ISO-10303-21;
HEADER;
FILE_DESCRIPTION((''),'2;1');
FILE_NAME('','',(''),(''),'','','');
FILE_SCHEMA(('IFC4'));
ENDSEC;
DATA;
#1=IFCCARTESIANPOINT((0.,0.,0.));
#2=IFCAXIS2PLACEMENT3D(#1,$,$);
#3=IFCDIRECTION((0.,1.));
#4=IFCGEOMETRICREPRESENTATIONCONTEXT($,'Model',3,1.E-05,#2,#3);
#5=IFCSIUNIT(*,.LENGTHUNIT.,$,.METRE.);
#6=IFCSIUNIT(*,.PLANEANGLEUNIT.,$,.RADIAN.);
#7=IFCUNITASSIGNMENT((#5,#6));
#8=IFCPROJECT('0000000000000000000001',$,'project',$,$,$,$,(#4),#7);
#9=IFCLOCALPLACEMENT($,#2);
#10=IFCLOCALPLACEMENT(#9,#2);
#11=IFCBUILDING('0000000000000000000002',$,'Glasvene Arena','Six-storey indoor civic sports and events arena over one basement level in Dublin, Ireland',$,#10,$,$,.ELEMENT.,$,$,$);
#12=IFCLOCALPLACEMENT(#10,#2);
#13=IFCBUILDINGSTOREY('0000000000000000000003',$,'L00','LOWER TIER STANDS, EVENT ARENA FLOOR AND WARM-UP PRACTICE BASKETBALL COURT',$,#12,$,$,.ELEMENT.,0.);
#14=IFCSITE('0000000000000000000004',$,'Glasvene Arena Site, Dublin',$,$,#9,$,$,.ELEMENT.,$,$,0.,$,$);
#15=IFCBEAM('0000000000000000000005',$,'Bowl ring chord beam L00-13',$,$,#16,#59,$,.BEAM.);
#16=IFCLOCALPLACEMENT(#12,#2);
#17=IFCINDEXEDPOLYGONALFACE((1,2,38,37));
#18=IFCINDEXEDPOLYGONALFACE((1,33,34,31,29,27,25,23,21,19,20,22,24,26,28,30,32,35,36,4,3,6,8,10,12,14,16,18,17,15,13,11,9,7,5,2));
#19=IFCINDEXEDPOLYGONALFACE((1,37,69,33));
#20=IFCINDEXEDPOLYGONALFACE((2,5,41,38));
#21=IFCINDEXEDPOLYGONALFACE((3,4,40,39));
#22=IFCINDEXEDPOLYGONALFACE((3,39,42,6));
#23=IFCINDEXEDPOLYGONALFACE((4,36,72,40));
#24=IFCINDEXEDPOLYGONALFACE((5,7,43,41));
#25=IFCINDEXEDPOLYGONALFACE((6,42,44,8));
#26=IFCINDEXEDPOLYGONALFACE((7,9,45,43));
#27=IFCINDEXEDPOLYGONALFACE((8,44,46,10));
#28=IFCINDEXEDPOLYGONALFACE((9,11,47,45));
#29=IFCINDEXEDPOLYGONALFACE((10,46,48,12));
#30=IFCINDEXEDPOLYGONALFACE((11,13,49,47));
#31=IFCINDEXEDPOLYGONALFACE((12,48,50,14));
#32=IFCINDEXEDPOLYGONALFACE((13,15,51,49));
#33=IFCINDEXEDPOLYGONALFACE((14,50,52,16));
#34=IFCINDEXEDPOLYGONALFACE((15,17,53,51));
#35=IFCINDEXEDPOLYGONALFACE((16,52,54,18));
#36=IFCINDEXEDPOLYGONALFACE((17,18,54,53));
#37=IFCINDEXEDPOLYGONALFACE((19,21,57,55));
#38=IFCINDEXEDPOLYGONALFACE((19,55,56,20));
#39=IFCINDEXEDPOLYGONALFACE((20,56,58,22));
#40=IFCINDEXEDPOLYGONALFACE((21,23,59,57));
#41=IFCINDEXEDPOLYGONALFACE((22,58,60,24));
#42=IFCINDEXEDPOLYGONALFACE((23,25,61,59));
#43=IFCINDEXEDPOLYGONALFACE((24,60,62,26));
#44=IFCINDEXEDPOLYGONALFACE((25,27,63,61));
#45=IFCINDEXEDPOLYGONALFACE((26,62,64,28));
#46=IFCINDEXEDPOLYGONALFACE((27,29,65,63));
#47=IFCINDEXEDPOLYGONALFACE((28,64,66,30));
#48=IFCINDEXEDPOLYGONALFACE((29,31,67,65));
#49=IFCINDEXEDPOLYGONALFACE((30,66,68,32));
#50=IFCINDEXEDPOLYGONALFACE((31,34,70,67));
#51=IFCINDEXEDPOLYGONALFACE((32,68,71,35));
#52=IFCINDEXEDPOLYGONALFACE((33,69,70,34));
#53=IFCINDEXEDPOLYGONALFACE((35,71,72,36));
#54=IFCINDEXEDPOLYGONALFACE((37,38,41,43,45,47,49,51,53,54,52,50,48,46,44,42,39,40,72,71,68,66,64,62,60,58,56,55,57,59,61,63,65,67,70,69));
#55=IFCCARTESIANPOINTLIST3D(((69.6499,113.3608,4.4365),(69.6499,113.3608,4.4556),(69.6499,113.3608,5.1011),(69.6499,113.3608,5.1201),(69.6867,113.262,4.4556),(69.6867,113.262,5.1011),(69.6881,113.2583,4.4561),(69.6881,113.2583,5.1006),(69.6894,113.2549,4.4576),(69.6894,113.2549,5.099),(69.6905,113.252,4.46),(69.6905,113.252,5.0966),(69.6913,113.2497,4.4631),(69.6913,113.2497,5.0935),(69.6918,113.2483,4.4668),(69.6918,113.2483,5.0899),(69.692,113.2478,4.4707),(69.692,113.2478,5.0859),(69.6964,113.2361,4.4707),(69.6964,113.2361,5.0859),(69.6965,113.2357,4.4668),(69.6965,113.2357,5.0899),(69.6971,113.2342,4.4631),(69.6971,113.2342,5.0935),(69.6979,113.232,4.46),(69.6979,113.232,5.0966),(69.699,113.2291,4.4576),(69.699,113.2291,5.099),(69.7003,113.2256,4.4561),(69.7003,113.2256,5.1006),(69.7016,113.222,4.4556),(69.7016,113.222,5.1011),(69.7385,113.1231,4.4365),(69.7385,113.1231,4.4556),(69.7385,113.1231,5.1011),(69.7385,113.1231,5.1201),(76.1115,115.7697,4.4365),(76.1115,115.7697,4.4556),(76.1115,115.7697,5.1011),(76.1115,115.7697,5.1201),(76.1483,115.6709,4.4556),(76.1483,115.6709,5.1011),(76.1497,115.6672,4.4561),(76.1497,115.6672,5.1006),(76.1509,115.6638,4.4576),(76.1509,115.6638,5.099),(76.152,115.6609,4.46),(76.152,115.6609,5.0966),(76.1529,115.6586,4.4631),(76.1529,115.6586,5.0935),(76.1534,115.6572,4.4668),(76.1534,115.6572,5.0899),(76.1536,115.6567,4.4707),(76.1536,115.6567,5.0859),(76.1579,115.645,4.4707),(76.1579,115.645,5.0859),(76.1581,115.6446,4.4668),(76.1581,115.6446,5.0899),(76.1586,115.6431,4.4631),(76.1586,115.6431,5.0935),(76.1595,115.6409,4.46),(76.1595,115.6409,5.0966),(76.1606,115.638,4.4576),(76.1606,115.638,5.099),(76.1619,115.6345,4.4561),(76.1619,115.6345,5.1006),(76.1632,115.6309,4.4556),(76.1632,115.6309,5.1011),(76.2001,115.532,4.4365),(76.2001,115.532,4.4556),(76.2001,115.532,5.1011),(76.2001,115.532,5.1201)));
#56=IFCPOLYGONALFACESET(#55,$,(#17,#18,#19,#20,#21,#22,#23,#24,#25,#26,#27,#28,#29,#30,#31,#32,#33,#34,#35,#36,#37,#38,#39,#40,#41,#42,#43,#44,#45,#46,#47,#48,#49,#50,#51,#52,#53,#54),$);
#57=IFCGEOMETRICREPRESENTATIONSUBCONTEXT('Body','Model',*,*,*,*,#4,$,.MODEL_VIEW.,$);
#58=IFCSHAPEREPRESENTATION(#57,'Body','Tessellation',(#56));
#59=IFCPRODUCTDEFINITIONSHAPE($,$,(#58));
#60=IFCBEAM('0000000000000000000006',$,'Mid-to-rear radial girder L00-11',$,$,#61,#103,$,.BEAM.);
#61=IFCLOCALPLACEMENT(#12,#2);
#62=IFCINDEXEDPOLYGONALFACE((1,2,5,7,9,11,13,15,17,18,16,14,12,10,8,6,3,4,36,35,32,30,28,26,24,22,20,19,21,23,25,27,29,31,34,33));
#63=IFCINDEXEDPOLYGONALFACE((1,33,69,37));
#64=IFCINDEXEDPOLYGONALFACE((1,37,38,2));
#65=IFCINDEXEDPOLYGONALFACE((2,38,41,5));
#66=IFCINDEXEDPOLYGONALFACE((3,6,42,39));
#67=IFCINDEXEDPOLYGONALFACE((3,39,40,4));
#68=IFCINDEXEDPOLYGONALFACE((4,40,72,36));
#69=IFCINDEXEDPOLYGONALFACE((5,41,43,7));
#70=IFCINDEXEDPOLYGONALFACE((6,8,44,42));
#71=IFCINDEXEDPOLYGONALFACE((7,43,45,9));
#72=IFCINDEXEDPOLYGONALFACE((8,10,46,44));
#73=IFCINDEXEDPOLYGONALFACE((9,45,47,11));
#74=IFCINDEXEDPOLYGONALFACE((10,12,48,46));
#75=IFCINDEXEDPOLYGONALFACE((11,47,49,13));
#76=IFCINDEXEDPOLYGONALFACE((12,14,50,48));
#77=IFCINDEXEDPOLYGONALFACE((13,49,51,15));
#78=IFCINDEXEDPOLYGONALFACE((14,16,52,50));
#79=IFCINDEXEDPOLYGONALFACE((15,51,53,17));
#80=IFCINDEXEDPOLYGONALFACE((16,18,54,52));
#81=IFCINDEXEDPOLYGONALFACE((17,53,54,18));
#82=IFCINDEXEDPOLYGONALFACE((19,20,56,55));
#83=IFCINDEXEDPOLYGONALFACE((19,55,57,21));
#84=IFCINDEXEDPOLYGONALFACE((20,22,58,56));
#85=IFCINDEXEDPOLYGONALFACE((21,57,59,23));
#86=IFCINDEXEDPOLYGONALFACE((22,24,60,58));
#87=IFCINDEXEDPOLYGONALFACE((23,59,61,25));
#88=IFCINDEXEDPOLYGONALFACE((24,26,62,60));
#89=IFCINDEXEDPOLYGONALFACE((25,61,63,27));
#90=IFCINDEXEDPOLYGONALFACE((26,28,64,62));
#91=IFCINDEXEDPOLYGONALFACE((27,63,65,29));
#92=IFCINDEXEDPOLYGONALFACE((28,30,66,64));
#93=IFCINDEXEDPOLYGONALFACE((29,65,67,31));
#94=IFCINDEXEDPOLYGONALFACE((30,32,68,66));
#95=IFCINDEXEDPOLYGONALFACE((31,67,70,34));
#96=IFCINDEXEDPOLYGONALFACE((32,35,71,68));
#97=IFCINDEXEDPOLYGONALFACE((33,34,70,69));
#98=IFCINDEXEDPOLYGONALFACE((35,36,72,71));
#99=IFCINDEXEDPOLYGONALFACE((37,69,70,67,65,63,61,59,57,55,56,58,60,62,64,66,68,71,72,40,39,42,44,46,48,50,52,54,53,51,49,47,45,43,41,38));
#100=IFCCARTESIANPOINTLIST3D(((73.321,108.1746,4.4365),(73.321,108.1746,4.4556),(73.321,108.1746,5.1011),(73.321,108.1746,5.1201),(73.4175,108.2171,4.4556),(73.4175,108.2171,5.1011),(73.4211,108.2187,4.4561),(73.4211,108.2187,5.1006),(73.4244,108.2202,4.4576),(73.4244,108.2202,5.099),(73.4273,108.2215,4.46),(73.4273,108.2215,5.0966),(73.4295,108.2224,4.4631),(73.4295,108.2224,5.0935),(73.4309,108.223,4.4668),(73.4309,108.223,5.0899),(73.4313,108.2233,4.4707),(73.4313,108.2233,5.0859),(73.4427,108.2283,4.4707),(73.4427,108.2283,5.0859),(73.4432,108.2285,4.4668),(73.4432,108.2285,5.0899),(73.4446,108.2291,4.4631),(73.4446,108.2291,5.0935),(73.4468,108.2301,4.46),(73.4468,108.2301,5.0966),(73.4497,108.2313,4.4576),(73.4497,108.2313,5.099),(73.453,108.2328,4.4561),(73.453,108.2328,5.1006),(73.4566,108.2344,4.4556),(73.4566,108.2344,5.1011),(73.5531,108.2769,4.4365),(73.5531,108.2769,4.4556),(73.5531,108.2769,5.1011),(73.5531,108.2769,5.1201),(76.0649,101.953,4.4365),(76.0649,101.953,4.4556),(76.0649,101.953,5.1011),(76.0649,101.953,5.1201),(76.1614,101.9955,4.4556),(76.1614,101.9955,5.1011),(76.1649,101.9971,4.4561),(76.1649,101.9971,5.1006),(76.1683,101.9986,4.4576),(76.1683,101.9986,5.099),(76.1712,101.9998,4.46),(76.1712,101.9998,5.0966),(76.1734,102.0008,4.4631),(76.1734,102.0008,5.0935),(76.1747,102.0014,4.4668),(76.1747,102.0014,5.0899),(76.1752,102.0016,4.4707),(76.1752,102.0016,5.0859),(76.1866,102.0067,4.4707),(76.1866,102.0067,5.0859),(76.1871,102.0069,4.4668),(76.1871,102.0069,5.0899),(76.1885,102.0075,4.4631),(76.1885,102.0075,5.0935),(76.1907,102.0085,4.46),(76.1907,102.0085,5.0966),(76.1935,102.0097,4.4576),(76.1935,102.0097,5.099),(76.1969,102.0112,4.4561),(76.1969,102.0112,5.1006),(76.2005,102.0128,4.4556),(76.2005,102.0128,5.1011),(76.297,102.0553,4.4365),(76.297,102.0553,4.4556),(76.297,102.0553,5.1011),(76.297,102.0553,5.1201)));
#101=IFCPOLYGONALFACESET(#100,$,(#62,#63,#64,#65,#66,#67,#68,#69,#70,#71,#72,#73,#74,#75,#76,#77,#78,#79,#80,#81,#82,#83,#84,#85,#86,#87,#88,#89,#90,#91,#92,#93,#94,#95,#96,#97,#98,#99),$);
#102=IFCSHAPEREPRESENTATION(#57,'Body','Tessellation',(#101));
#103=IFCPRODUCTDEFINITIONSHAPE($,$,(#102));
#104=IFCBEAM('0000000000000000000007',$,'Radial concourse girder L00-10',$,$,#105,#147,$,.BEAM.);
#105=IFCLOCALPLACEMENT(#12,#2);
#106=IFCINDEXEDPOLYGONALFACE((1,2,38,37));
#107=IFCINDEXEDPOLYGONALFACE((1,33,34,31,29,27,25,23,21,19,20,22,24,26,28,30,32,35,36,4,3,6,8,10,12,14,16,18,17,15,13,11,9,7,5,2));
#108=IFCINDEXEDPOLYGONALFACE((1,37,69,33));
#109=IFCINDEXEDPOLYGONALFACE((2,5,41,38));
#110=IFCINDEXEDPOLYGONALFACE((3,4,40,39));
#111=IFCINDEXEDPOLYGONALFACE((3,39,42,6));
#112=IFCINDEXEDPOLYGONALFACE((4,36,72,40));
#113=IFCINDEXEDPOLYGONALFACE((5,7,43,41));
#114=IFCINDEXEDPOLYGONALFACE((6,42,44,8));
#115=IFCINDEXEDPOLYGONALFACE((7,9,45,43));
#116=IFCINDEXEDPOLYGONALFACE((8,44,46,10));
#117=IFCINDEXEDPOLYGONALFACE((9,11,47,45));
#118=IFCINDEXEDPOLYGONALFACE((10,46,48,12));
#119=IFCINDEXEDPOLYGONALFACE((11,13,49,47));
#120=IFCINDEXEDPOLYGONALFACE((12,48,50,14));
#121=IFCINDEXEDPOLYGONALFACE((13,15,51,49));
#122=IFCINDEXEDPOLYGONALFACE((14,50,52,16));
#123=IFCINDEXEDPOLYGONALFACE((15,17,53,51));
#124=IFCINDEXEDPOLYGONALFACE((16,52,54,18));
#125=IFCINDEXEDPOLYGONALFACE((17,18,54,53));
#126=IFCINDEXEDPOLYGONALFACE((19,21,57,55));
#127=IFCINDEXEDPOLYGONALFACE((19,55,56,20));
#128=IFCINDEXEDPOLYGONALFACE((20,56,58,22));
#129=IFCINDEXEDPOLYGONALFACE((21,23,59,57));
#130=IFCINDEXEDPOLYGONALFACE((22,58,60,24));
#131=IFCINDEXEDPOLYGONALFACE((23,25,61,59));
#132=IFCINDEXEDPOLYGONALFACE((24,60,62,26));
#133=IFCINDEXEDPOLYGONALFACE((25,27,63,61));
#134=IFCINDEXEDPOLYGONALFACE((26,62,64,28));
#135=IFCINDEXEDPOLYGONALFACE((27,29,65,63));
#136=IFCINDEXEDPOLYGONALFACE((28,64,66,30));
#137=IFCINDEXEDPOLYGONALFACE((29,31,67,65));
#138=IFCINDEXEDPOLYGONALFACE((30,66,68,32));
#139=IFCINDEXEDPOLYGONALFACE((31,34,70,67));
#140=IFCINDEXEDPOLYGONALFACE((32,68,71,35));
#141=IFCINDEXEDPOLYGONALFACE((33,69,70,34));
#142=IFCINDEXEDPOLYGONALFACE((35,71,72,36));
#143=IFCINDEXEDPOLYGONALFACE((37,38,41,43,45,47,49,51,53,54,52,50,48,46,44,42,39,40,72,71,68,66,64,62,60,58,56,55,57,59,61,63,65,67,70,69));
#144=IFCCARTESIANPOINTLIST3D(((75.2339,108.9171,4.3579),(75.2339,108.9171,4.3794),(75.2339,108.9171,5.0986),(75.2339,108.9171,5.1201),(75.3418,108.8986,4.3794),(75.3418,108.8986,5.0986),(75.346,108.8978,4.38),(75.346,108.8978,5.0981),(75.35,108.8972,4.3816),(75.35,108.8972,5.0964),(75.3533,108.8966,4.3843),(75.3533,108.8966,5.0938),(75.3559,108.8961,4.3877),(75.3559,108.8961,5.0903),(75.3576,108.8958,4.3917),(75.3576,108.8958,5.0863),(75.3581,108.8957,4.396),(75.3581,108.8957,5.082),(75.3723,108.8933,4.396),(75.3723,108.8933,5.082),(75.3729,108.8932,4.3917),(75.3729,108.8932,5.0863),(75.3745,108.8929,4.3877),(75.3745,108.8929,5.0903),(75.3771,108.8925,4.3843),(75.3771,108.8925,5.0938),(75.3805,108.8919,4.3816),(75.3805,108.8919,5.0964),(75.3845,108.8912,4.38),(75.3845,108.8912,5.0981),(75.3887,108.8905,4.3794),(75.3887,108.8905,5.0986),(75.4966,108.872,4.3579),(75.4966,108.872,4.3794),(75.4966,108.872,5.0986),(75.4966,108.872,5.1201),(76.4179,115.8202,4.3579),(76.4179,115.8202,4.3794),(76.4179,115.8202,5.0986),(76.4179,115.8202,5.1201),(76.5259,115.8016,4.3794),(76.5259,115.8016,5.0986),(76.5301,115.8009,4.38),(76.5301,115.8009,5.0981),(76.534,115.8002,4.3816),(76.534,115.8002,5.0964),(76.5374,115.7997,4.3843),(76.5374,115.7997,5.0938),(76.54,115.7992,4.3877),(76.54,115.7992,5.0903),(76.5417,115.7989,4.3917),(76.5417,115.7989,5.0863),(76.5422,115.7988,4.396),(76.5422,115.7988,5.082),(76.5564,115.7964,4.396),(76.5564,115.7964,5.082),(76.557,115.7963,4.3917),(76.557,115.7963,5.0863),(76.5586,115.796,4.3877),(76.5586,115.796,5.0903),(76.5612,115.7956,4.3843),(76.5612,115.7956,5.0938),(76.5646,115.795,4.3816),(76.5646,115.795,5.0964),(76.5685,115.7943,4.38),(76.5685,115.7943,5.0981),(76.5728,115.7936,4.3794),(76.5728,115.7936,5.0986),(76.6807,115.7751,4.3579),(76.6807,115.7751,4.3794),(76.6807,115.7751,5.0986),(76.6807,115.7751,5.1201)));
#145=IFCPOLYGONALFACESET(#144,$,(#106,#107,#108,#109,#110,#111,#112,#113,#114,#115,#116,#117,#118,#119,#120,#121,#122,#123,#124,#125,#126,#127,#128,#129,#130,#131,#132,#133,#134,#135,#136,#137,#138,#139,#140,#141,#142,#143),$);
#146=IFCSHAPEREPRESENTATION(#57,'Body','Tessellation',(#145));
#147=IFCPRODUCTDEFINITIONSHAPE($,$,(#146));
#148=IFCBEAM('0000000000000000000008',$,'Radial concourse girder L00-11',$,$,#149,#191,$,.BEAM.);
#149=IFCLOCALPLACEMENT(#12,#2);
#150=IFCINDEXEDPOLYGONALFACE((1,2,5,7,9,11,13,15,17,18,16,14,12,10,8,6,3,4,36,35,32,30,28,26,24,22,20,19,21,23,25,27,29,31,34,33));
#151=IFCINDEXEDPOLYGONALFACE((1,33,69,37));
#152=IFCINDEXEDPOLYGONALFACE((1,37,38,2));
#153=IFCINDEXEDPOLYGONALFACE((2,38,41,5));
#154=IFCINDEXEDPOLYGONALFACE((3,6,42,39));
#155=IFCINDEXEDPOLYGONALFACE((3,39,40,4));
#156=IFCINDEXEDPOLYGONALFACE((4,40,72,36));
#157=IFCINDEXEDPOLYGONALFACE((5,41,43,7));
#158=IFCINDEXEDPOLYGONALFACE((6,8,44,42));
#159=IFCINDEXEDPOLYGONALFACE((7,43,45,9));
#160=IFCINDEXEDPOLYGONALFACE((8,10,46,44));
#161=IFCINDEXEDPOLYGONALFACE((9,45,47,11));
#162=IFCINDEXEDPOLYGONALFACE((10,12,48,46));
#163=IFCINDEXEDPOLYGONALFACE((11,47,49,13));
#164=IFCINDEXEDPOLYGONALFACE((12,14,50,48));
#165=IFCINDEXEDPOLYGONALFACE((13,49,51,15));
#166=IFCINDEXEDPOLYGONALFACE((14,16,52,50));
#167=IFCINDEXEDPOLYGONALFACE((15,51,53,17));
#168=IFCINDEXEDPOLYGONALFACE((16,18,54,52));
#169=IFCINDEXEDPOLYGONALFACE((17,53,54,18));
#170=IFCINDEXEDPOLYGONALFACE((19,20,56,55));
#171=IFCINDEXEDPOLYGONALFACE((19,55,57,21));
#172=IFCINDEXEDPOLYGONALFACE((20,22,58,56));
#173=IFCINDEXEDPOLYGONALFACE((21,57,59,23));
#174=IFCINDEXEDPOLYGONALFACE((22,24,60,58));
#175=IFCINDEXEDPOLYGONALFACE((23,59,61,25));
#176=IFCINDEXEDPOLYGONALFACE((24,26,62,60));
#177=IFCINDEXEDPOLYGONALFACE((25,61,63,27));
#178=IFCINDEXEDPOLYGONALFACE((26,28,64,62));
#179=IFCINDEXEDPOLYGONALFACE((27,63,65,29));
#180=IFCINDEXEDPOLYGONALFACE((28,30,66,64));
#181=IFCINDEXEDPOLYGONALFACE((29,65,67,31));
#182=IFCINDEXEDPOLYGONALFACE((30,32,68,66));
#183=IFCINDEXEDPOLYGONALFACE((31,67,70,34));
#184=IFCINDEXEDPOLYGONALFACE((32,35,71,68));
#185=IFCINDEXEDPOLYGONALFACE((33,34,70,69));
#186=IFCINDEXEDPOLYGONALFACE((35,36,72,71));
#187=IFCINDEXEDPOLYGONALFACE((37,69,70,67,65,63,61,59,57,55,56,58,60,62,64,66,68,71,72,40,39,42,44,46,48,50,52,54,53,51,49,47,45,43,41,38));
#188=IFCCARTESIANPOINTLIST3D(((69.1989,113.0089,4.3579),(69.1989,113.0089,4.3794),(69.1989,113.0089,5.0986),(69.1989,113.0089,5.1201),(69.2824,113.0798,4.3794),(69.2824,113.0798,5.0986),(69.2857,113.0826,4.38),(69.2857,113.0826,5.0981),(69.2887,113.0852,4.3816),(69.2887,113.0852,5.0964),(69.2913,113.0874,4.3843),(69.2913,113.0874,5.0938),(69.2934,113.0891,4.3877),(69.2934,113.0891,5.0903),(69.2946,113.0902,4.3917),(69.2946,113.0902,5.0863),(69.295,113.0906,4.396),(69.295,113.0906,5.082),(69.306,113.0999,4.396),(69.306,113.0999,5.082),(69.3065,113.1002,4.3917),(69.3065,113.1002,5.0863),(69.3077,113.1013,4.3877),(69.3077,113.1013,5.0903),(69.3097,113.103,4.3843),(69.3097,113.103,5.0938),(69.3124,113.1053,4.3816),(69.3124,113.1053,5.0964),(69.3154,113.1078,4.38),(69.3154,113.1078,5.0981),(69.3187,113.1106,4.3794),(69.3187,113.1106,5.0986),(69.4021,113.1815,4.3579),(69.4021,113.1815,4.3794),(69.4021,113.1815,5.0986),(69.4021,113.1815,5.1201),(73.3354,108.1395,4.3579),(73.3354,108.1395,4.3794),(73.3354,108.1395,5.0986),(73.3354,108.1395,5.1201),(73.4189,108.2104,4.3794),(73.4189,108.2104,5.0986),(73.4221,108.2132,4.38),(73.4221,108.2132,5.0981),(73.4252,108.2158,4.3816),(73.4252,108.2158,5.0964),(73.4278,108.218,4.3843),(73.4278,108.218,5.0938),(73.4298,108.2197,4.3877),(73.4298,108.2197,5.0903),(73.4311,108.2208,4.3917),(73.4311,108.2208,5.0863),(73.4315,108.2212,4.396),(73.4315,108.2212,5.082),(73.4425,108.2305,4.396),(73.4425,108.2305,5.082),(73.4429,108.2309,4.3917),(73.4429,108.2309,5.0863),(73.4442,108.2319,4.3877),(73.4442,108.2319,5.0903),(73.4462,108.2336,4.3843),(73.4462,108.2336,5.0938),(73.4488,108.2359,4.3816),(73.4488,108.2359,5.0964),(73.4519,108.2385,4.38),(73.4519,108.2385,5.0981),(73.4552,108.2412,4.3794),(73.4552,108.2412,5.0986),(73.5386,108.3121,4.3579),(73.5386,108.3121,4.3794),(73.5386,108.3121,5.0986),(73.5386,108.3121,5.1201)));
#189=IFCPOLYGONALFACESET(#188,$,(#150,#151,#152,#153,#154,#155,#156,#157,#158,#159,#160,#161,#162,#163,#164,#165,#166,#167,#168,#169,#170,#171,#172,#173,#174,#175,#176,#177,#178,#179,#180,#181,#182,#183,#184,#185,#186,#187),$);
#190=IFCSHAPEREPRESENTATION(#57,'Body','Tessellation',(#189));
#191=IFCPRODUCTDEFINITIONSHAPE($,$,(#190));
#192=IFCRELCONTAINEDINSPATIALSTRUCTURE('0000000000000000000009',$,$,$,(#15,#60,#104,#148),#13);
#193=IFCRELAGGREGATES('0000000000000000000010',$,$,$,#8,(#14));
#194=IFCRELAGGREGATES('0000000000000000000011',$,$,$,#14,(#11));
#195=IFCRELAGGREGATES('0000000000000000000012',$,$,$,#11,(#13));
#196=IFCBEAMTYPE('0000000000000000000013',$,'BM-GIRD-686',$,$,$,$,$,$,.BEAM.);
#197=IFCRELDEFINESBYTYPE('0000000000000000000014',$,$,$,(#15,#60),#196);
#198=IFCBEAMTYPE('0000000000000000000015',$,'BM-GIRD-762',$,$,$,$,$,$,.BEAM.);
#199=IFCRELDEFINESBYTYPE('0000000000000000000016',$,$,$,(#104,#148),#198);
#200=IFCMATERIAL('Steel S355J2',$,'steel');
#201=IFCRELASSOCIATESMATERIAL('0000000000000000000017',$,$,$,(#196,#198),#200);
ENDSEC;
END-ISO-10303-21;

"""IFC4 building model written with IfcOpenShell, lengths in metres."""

from ifc_helpers import new_model, si_unit, direction, frame, origin, origin_2d, place, context, subcontext, project, spatial, i_section, extrude, material, material_profile, profile_set, type_object, element, save


model = new_model("IFC4")

# Units and contexts
model_context = context("Model", 3, precision=1e-05, world=origin(), true_north=direction((0.0, 1.0)))
body_context = subcontext(model_context, "Body", "Model", "MODEL_VIEW")
ifc_project = project(units=[si_unit("LENGTHUNIT", "METRE"), si_unit("PLANEANGLEUNIT", "RADIAN")], contexts=[model_context])

# Site, building, storey
site_placement = place(None, origin())
site = spatial("IfcSite", under=ifc_project, at=site_placement, Name="Glasvene Arena Site, Dublin", CompositionType="ELEMENT", RefElevation=0.0)
building_placement = place(site_placement, origin())
building = spatial("IfcBuilding", under=site, at=building_placement, Name="Glasvene Arena", Description="Six-storey indoor civic sports and events arena over one basement level in Dublin, Ireland", CompositionType="ELEMENT")
storey_placement = place(building_placement, origin())
storey = spatial("IfcBuildingStorey", under=building, at=storey_placement, Name="L00", Description="LOWER TIER STANDS, EVENT ARENA FLOOR AND WARM-UP PRACTICE BASKETBALL COURT", CompositionType="ELEMENT", Elevation=0.0)

# Shared definitions
ifc_material_1 = material(Name="Steel S355J2", Category="steel")

# Beams
ifc_material_profile_1 = material_profile(ifc_material_1, i_section(OverallWidth=0.2537, OverallDepth=0.6836, WebThickness=0.0125, FlangeThickness=0.019, FilletRadius=0.0151, at=origin_2d()), Name="UKB 686x254x140")
ifc_profile_set_1 = profile_set([ifc_material_profile_1], Name="Steel S355J2")
beam_type_1 = type_object("IfcBeamType", Name="BM-GIRD-686", PredefinedType="BEAM", material=ifc_profile_set_1)
beam_1_placement = place(storey_placement, frame((76.1558, 115.6509, 4.7783), z_axis=(-0.937004, -0.349319, 0.0), x_axis=(0.349319, -0.937004, 0.0)))
element("IfcBeam", 1, at=beam_1_placement, inside=storey, type_object=beam_type_1, Name="Bowl ring chord beam L00-13", PredefinedType="BEAM", context=body_context, shape_type="SweptSolid", body=[
    extrude(i_section(OverallWidth=0.2537, OverallDepth=0.6836, WebThickness=0.0125, FlangeThickness=0.019, FilletRadius=0.0151, at=origin_2d()), origin(), (0.0, 0.0, 1.0), 6.896),
])
beam_2_placement = place(storey_placement, frame((76.1809, 102.0042, 4.7783), z_axis=(-0.403522, 0.91497, 0.0), x_axis=(-0.91497, -0.403522, 0.0)))
element("IfcBeam", 2, at=beam_2_placement, inside=storey, type_object=beam_type_1, Name="Mid-to-rear radial girder L00-11", PredefinedType="BEAM", context=body_context, shape_type="SweptSolid", body=[
    extrude(i_section(OverallWidth=0.2537, OverallDepth=0.6836, WebThickness=0.0125, FlangeThickness=0.019, FilletRadius=0.0151, at=origin_2d()), origin(), (0.0, 0.0, 1.0), 6.7998),
])
ifc_material_profile_2 = material_profile(ifc_material_1, i_section(OverallWidth=0.2666, OverallDepth=0.7622, WebThickness=0.0144, FlangeThickness=0.0215, FilletRadius=0.0166, at=origin_2d()), Name="UKB 762x267x173")
ifc_profile_set_2 = profile_set([ifc_material_profile_2], Name="Steel S355J2")
beam_type_2 = type_object("IfcBeamType", Name="BM-GIRD-762", PredefinedType="BEAM", material=ifc_profile_set_2)
beam_3_placement = place(storey_placement, frame((75.3652, 108.8945, 4.739), z_axis=(0.169061, 0.985606, 0.0), x_axis=(-0.985606, 0.169061, 0.0)))
element("IfcBeam", 3, at=beam_3_placement, inside=storey, type_object=beam_type_2, Name="Radial concourse girder L00-10", PredefinedType="BEAM", context=body_context, shape_type="SweptSolid", body=[
    extrude(i_section(OverallWidth=0.2666, OverallDepth=0.7622, WebThickness=0.0144, FlangeThickness=0.0215, FilletRadius=0.0166, at=origin_2d()), origin(), (0.0, 0.0, 1.0), 7.0039),
])
beam_4_placement = place(storey_placement, frame((73.437, 108.2258, 4.739), z_axis=(-0.647421, 0.762133, 0.0), x_axis=(-0.762133, -0.647421, 0.0)))
element("IfcBeam", 4, at=beam_4_placement, inside=storey, type_object=beam_type_2, Name="Radial concourse girder L00-11", PredefinedType="BEAM", context=body_context, shape_type="SweptSolid", body=[
    extrude(i_section(OverallWidth=0.2666, OverallDepth=0.7622, WebThickness=0.0144, FlangeThickness=0.0215, FilletRadius=0.0166, at=origin_2d()), origin(), (0.0, 0.0, 1.0), 6.3892),
])

save(model, "model.ifc")
